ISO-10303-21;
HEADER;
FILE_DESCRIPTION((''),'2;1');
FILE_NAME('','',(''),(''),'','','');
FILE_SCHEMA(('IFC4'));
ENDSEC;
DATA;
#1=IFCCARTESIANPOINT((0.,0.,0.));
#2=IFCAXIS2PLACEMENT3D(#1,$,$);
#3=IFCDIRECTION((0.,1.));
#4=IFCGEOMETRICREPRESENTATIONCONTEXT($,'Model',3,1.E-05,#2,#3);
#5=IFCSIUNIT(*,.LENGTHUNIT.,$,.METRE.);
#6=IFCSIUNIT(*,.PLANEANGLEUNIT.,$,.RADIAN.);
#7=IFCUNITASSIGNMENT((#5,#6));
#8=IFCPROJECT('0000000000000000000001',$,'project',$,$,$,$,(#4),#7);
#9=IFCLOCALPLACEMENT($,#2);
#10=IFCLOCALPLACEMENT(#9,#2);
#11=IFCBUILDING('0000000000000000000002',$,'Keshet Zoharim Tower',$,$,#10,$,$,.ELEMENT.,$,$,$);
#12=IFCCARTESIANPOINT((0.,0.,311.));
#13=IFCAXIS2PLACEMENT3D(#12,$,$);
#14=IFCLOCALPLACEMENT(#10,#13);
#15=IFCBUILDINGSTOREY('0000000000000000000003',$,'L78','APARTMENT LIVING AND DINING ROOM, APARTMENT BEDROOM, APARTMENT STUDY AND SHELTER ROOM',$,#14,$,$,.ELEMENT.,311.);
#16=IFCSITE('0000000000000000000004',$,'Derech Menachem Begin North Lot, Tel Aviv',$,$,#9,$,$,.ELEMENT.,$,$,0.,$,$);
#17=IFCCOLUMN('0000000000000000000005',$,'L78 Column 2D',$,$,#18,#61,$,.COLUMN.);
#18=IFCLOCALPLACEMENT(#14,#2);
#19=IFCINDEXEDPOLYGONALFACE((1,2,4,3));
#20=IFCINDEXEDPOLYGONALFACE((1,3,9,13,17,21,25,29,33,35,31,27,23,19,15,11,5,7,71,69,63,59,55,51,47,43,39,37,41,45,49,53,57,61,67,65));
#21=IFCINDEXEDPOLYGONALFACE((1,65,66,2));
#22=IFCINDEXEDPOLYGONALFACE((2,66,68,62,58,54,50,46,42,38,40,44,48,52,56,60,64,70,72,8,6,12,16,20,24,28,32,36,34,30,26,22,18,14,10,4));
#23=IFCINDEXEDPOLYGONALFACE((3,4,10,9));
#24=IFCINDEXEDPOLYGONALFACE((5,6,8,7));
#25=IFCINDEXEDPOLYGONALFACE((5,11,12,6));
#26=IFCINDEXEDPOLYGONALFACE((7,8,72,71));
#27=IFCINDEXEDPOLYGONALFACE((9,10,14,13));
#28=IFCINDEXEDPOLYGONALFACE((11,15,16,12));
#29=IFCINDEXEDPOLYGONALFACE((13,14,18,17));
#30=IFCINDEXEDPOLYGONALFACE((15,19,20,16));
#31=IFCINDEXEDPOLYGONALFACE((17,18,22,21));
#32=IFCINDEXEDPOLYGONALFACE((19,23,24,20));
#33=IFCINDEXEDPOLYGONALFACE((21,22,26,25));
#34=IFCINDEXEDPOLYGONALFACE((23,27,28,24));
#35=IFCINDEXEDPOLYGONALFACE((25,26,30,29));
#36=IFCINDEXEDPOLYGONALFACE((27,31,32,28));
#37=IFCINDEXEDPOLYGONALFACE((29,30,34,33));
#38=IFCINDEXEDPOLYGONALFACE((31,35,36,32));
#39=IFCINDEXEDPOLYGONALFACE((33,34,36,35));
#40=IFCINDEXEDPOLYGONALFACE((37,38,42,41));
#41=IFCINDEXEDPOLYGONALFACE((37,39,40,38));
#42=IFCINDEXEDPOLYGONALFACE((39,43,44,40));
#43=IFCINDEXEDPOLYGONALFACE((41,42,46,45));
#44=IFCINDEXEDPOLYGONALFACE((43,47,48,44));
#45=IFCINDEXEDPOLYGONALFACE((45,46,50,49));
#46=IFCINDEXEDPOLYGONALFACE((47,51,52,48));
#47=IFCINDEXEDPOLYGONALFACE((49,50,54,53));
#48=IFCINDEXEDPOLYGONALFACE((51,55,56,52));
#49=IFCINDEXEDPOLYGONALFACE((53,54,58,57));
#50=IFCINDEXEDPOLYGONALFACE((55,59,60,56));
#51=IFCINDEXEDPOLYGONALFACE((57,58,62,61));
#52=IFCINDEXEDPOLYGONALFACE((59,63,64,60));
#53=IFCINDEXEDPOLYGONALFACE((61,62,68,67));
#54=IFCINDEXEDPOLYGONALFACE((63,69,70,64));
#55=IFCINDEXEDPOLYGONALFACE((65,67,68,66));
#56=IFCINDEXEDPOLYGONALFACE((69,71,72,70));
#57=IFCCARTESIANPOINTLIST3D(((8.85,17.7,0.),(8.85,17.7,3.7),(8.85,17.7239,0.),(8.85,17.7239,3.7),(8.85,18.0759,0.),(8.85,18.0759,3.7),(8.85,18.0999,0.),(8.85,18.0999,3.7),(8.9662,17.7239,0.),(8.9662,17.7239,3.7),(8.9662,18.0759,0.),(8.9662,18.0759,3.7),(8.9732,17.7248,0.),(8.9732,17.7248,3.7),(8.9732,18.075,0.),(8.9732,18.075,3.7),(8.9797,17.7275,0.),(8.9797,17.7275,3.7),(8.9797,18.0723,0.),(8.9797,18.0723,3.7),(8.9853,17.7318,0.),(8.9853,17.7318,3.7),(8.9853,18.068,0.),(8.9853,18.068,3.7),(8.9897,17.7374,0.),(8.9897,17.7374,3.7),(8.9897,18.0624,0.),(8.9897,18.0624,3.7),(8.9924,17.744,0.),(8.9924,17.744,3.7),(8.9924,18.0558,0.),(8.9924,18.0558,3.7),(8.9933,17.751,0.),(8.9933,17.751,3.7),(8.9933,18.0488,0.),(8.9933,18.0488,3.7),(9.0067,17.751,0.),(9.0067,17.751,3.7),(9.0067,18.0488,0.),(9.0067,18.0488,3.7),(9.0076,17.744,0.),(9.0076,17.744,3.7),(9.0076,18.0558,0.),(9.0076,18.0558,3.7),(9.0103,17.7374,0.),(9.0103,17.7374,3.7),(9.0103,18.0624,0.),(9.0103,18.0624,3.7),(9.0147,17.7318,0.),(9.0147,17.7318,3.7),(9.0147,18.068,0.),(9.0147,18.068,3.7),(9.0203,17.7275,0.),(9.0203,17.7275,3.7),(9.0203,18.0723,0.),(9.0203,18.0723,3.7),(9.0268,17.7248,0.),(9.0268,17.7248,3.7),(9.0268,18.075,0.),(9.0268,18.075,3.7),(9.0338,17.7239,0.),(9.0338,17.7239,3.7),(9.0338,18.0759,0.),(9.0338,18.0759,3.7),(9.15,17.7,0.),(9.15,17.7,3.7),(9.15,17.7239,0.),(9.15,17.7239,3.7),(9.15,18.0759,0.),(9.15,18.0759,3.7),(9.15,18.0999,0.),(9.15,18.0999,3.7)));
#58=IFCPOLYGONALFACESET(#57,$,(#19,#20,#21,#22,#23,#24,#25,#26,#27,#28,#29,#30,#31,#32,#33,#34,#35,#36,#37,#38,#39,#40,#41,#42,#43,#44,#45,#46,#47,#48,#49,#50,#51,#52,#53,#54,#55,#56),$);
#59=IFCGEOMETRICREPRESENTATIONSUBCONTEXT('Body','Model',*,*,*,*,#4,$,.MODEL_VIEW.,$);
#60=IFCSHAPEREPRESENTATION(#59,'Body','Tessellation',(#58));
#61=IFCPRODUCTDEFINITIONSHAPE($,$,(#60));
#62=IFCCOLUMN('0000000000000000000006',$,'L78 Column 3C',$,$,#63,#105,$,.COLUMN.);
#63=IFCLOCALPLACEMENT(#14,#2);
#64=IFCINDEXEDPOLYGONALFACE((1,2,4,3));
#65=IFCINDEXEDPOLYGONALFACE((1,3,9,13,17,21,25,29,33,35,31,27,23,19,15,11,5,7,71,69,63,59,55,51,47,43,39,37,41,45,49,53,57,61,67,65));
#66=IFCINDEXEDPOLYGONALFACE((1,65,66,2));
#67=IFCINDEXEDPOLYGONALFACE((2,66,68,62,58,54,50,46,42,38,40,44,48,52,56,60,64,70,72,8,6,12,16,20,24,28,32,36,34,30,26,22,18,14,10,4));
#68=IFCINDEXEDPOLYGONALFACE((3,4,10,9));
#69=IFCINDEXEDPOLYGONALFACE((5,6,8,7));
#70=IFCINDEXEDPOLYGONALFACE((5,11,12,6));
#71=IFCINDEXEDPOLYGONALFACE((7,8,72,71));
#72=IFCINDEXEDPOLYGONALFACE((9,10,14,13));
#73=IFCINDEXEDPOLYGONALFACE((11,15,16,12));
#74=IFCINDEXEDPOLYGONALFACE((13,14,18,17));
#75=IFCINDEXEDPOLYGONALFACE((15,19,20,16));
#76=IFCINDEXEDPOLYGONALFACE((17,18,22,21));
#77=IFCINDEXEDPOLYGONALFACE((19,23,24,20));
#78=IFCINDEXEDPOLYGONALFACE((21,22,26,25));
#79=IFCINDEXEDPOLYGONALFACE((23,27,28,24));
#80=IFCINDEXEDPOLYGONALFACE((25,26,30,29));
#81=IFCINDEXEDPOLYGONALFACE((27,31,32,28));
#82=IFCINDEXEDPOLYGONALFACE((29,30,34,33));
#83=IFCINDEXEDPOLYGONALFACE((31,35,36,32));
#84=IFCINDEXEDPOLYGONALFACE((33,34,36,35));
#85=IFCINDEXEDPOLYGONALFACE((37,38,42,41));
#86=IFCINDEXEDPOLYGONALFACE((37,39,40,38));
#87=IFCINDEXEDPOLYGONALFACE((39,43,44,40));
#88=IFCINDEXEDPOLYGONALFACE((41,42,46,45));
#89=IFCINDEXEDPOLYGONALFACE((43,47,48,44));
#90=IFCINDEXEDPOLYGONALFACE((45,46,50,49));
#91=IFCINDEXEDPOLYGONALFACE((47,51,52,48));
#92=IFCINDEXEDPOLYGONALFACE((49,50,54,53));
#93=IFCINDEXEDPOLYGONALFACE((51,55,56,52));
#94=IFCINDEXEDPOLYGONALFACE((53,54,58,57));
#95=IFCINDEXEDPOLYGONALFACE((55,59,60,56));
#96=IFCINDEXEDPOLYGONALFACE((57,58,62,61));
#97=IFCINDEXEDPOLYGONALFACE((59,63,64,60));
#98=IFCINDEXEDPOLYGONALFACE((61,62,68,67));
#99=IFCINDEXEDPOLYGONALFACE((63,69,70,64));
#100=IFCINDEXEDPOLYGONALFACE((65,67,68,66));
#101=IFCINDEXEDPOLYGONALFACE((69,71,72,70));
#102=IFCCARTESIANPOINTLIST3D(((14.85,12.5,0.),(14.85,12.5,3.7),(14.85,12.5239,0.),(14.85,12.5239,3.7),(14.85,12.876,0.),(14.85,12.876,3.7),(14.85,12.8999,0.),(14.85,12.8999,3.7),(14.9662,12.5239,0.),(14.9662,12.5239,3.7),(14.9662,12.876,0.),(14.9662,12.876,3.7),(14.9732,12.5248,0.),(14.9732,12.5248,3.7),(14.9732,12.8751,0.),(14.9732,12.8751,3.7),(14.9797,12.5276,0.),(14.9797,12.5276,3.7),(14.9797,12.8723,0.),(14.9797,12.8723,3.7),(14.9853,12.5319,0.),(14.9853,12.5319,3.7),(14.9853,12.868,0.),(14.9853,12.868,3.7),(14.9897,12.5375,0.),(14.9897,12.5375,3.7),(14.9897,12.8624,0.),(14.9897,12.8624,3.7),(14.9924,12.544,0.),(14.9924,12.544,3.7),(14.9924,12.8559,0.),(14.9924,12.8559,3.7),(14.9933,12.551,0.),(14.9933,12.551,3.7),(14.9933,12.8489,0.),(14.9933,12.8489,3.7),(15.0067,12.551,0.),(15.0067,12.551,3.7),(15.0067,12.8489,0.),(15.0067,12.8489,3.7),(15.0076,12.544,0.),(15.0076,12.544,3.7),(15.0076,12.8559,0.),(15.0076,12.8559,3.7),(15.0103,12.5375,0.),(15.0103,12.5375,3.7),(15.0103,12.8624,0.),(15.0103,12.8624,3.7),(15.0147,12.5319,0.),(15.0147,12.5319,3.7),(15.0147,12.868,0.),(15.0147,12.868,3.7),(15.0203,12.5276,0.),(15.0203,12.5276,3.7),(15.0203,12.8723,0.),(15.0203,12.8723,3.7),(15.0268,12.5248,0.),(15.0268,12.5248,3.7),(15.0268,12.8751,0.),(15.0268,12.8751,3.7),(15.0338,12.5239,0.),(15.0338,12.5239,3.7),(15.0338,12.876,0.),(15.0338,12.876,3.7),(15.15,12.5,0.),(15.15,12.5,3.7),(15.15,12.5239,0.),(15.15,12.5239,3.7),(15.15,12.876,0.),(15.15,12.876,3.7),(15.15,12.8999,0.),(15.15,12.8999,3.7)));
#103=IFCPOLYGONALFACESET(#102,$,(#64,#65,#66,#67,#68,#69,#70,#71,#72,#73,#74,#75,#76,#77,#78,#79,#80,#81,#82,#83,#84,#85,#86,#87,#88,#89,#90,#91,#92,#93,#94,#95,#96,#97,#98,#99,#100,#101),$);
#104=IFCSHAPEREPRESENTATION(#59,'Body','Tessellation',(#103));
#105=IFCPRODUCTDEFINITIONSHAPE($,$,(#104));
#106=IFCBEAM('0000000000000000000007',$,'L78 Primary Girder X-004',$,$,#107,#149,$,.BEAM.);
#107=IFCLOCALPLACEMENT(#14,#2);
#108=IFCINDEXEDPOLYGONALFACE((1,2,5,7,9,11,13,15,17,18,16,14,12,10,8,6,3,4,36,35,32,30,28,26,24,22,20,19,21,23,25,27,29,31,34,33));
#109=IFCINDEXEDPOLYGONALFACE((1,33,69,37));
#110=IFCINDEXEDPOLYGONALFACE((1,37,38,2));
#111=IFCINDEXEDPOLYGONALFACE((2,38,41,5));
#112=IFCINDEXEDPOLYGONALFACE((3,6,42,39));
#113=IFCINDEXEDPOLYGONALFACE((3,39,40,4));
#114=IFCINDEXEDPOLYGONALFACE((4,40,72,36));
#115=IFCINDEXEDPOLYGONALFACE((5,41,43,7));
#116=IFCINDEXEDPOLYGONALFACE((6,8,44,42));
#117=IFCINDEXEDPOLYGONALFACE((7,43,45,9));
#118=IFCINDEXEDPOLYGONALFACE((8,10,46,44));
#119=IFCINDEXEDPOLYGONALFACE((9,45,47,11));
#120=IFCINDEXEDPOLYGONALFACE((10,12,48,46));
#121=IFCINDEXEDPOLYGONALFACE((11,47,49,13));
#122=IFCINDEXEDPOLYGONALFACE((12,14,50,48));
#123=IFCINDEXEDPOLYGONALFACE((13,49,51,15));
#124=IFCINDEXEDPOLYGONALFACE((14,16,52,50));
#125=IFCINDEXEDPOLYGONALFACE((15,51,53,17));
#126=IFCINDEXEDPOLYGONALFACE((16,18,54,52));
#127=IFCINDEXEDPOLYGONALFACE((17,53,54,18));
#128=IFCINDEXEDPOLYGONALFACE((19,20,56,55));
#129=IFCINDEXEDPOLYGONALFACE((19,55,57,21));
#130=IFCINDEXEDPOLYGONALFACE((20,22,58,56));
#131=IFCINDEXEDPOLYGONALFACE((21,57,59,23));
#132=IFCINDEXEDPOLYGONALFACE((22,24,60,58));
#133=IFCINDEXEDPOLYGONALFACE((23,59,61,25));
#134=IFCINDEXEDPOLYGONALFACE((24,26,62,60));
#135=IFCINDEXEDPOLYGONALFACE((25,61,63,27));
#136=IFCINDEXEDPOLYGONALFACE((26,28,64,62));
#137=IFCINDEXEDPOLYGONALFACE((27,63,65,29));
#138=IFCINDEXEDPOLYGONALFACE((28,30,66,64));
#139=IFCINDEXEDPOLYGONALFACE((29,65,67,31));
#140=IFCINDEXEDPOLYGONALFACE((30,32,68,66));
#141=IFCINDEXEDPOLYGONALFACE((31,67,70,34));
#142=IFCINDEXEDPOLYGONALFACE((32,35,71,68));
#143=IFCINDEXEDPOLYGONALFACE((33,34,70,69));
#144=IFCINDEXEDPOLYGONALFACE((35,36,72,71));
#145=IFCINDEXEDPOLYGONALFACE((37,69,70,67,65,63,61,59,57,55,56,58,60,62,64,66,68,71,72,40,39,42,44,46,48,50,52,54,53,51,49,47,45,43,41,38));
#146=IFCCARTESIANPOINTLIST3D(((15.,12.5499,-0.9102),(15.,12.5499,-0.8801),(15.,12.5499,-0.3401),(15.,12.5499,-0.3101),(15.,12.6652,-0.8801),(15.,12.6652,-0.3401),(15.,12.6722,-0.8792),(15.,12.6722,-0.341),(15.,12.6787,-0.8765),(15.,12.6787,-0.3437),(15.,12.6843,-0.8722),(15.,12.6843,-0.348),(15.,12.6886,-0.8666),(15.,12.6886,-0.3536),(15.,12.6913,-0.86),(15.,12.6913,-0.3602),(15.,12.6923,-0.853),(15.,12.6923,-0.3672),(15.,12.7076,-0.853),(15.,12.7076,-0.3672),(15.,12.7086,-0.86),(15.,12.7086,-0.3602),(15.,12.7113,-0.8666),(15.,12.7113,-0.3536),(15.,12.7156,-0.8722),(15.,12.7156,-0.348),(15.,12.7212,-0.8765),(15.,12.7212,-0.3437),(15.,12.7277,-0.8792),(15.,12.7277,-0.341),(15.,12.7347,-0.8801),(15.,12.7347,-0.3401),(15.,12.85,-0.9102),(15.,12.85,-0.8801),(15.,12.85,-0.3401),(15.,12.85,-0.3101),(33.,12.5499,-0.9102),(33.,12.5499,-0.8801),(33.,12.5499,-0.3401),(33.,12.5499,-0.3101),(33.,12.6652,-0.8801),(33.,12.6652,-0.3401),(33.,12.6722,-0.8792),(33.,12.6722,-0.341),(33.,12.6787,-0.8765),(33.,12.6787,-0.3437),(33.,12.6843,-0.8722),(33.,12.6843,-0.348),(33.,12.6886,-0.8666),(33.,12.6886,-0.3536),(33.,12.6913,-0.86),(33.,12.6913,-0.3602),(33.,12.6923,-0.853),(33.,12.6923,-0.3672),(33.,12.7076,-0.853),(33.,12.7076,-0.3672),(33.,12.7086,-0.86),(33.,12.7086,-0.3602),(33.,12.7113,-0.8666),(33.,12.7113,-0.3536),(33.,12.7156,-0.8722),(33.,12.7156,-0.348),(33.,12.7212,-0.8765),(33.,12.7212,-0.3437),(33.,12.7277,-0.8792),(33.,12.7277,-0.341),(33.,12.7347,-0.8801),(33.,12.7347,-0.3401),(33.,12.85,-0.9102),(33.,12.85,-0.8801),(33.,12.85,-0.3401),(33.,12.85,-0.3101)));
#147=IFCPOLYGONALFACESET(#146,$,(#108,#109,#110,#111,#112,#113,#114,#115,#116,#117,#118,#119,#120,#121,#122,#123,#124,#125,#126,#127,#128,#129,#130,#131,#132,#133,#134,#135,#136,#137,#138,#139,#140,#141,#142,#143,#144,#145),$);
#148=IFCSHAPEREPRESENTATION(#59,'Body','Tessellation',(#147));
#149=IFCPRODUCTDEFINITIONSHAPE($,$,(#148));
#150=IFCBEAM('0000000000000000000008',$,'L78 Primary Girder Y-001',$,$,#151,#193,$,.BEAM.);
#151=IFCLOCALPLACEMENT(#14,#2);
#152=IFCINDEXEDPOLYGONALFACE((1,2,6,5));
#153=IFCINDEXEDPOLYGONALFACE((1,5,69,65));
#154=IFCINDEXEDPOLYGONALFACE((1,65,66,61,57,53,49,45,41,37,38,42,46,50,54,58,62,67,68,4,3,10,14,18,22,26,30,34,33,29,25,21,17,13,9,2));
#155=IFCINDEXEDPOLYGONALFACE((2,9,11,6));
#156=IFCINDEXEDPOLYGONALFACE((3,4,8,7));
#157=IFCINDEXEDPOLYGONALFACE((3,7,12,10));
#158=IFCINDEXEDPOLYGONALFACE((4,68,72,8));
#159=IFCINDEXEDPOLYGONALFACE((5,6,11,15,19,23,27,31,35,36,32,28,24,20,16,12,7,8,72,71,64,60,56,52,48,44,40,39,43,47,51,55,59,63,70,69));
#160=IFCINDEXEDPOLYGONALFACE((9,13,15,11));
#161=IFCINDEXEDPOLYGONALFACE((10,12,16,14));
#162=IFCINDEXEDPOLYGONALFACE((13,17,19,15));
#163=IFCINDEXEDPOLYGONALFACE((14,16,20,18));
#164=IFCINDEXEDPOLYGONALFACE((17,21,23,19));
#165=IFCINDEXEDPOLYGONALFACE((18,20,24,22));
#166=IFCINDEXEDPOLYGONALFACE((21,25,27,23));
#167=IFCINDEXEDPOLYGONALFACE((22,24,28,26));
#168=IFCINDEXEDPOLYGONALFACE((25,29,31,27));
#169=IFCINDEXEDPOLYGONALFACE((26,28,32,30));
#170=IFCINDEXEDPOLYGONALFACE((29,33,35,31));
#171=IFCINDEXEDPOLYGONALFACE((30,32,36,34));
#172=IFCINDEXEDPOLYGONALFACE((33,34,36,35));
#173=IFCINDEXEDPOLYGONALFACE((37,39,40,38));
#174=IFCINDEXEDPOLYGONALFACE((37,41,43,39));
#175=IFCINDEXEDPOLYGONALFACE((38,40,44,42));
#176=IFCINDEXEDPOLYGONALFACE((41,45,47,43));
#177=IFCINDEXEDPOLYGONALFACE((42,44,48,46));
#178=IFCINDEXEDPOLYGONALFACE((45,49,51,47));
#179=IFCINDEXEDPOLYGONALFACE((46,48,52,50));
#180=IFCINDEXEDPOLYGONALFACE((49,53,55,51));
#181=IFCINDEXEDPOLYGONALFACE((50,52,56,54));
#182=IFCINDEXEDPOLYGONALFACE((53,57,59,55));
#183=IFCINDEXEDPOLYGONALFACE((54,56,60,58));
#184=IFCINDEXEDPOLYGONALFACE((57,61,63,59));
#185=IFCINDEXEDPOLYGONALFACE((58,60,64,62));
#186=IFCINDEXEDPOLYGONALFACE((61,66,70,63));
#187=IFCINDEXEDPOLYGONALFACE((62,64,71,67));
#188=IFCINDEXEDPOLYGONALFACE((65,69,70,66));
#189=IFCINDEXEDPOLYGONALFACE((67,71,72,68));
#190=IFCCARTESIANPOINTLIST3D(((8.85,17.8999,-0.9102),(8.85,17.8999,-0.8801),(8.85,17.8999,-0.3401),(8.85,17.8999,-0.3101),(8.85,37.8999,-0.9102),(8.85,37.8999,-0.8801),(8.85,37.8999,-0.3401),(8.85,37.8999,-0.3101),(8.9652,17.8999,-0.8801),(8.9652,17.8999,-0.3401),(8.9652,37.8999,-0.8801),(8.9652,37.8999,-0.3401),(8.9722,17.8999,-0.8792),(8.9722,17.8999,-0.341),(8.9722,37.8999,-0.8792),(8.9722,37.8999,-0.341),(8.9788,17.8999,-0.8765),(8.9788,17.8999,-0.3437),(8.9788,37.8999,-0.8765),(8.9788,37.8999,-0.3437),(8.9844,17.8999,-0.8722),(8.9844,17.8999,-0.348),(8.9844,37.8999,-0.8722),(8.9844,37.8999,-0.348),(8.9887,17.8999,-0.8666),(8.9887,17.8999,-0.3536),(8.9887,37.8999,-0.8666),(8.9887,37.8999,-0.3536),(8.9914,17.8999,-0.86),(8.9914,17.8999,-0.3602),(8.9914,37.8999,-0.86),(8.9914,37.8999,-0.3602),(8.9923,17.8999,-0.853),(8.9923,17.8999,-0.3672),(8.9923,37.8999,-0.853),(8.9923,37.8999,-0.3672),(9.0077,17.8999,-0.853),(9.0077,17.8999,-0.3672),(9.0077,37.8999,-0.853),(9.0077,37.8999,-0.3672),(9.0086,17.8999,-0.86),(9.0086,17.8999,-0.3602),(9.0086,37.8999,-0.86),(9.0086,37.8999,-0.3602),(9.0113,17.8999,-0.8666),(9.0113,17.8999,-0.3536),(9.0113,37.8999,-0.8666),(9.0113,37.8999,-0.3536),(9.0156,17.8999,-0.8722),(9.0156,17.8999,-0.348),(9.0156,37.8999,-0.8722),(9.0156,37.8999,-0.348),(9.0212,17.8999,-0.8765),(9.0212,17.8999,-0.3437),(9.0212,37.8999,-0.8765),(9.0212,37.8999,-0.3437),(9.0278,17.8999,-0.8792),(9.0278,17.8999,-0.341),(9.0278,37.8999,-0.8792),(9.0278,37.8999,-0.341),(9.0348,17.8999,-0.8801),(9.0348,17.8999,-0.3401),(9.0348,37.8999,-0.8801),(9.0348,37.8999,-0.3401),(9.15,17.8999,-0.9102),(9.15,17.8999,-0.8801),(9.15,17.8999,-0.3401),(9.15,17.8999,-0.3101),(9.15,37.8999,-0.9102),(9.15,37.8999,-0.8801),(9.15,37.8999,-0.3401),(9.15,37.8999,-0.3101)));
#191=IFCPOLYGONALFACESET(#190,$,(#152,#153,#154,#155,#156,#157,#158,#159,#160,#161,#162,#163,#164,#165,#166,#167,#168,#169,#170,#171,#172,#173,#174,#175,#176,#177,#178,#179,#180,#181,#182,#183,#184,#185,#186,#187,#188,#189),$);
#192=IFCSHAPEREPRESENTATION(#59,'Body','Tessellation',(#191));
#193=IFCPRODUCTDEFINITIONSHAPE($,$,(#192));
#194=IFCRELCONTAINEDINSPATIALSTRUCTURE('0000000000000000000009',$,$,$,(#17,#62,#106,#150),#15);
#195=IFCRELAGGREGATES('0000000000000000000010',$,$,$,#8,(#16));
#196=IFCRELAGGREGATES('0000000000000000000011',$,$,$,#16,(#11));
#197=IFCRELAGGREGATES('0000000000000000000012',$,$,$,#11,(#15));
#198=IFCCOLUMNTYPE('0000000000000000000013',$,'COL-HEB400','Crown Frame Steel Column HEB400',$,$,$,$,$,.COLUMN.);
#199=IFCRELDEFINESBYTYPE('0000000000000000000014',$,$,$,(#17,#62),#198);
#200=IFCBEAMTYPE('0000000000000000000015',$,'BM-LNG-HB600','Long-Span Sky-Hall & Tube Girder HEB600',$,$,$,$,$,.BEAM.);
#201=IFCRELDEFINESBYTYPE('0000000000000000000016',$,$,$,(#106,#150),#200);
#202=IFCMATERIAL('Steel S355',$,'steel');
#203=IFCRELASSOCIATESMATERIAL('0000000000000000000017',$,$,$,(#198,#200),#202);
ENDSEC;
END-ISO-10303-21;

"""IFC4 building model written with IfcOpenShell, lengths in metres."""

from ifc_helpers import new_model, si_unit, direction, frame, origin, origin_2d, place, context, subcontext, project, spatial, i_section, extrude, material, material_profile, profile_set, type_object, element, save


model = new_model("IFC4")

# Units and contexts
model_context = context("Model", 3, precision=1e-05, world=origin(), true_north=direction((0.0, 1.0)))
body_context = subcontext(model_context, "Body", "Model", "MODEL_VIEW")
ifc_project = project(units=[si_unit("LENGTHUNIT", "METRE"), si_unit("PLANEANGLEUNIT", "RADIAN")], contexts=[model_context])

# Site, building, storey
site_placement = place(None, origin())
site = spatial("IfcSite", under=ifc_project, at=site_placement, Name="Derech Menachem Begin North Lot, Tel Aviv", CompositionType="ELEMENT", RefElevation=0.0)
building_placement = place(site_placement, origin())
building = spatial("IfcBuilding", under=site, at=building_placement, Name="Keshet Zoharim Tower", CompositionType="ELEMENT")
storey_placement = place(building_placement, frame((0.0, 0.0, 311.0)))
storey = spatial("IfcBuildingStorey", under=building, at=storey_placement, Name="L78", Description="APARTMENT LIVING AND DINING ROOM, APARTMENT BEDROOM, APARTMENT STUDY AND SHELTER ROOM", CompositionType="ELEMENT", Elevation=311.0)

# Columns
ifc_material_1 = material(Name="Steel S355", Category="steel")
ifc_material_profile_1 = material_profile(ifc_material_1, i_section(OverallWidth=0.3, OverallDepth=0.3999, WebThickness=0.0134, FlangeThickness=0.0239, FilletRadius=0.0271, at=origin_2d()), Name="HEB400")
ifc_profile_set_1 = profile_set([ifc_material_profile_1], Name="Steel S355")
column_type = type_object("IfcColumnType", Name="COL-HEB400", Description="Crown Frame Steel Column HEB400", PredefinedType="COLUMN", material=ifc_profile_set_1)
for number, where, z_axis, x_axis, name in (
    (1, (9.0, 17.8999, 0.0), (0.0, 0.0, 1.0), (1.0, 0.0, 0.0), "L78 Column 2D"),
    (2, (15.0, 12.7, 0.0), (0.0, 0.0, 1.0), (1.0, 0.0, 0.0), "L78 Column 3C"),
):
    element("IfcColumn", number, at=place(storey_placement, frame(where, z_axis=z_axis, x_axis=x_axis)), inside=storey, type_object=column_type, Name=name, PredefinedType="COLUMN", context=body_context, shape_type="SweptSolid", body=[
        extrude(i_section(OverallWidth=0.3, OverallDepth=0.3999, WebThickness=0.0134, FlangeThickness=0.0239, FilletRadius=0.0271, at=origin_2d()), origin(), (0.0, 0.0, 1.0), 3.7),
    ])

# Beams
ifc_material_profile_2 = material_profile(ifc_material_1, i_section(OverallWidth=0.3, OverallDepth=0.6001, WebThickness=0.0154, FlangeThickness=0.03, FilletRadius=0.0271, at=origin_2d()), Name="HEB600")
ifc_profile_set_2 = profile_set([ifc_material_profile_2], Name="Steel S355")
beam_type_1 = type_object("IfcBeamType", Name="BM-LNG-HB600", Description="Long-Span Sky-Hall & Tube Girder HEB600", PredefinedType="BEAM", material=ifc_profile_set_2)
beam_1_placement = place(storey_placement, frame((15.0, 12.7, -0.6101), z_axis=(1.0, 0.0, 0.0), x_axis=(0.0, 1.0, 0.0)))
element("IfcBeam", 3, at=beam_1_placement, inside=storey, type_object=beam_type_1, Name="L78 Primary Girder X-004", PredefinedType="BEAM", context=body_context, shape_type="SweptSolid", body=[
    extrude(i_section(OverallWidth=0.3, OverallDepth=0.6001, WebThickness=0.0154, FlangeThickness=0.03, FilletRadius=0.0271, at=origin_2d()), origin(), (0.0, 0.0, 1.0), 18.0),
])
beam_2_placement = place(storey_placement, frame((9.0, 17.8999, -0.6101), z_axis=(0.0, 1.0, 0.0), x_axis=(-1.0, 0.0, 0.0)))
element("IfcBeam", 4, at=beam_2_placement, inside=storey, type_object=beam_type_1, Name="L78 Primary Girder Y-001", PredefinedType="BEAM", context=body_context, shape_type="SweptSolid", body=[
    extrude(i_section(OverallWidth=0.3, OverallDepth=0.6001, WebThickness=0.0154, FlangeThickness=0.03, FilletRadius=0.0271, at=origin_2d()), origin(), (0.0, 0.0, 1.0), 20.0),
])

save(model, "model.ifc")
